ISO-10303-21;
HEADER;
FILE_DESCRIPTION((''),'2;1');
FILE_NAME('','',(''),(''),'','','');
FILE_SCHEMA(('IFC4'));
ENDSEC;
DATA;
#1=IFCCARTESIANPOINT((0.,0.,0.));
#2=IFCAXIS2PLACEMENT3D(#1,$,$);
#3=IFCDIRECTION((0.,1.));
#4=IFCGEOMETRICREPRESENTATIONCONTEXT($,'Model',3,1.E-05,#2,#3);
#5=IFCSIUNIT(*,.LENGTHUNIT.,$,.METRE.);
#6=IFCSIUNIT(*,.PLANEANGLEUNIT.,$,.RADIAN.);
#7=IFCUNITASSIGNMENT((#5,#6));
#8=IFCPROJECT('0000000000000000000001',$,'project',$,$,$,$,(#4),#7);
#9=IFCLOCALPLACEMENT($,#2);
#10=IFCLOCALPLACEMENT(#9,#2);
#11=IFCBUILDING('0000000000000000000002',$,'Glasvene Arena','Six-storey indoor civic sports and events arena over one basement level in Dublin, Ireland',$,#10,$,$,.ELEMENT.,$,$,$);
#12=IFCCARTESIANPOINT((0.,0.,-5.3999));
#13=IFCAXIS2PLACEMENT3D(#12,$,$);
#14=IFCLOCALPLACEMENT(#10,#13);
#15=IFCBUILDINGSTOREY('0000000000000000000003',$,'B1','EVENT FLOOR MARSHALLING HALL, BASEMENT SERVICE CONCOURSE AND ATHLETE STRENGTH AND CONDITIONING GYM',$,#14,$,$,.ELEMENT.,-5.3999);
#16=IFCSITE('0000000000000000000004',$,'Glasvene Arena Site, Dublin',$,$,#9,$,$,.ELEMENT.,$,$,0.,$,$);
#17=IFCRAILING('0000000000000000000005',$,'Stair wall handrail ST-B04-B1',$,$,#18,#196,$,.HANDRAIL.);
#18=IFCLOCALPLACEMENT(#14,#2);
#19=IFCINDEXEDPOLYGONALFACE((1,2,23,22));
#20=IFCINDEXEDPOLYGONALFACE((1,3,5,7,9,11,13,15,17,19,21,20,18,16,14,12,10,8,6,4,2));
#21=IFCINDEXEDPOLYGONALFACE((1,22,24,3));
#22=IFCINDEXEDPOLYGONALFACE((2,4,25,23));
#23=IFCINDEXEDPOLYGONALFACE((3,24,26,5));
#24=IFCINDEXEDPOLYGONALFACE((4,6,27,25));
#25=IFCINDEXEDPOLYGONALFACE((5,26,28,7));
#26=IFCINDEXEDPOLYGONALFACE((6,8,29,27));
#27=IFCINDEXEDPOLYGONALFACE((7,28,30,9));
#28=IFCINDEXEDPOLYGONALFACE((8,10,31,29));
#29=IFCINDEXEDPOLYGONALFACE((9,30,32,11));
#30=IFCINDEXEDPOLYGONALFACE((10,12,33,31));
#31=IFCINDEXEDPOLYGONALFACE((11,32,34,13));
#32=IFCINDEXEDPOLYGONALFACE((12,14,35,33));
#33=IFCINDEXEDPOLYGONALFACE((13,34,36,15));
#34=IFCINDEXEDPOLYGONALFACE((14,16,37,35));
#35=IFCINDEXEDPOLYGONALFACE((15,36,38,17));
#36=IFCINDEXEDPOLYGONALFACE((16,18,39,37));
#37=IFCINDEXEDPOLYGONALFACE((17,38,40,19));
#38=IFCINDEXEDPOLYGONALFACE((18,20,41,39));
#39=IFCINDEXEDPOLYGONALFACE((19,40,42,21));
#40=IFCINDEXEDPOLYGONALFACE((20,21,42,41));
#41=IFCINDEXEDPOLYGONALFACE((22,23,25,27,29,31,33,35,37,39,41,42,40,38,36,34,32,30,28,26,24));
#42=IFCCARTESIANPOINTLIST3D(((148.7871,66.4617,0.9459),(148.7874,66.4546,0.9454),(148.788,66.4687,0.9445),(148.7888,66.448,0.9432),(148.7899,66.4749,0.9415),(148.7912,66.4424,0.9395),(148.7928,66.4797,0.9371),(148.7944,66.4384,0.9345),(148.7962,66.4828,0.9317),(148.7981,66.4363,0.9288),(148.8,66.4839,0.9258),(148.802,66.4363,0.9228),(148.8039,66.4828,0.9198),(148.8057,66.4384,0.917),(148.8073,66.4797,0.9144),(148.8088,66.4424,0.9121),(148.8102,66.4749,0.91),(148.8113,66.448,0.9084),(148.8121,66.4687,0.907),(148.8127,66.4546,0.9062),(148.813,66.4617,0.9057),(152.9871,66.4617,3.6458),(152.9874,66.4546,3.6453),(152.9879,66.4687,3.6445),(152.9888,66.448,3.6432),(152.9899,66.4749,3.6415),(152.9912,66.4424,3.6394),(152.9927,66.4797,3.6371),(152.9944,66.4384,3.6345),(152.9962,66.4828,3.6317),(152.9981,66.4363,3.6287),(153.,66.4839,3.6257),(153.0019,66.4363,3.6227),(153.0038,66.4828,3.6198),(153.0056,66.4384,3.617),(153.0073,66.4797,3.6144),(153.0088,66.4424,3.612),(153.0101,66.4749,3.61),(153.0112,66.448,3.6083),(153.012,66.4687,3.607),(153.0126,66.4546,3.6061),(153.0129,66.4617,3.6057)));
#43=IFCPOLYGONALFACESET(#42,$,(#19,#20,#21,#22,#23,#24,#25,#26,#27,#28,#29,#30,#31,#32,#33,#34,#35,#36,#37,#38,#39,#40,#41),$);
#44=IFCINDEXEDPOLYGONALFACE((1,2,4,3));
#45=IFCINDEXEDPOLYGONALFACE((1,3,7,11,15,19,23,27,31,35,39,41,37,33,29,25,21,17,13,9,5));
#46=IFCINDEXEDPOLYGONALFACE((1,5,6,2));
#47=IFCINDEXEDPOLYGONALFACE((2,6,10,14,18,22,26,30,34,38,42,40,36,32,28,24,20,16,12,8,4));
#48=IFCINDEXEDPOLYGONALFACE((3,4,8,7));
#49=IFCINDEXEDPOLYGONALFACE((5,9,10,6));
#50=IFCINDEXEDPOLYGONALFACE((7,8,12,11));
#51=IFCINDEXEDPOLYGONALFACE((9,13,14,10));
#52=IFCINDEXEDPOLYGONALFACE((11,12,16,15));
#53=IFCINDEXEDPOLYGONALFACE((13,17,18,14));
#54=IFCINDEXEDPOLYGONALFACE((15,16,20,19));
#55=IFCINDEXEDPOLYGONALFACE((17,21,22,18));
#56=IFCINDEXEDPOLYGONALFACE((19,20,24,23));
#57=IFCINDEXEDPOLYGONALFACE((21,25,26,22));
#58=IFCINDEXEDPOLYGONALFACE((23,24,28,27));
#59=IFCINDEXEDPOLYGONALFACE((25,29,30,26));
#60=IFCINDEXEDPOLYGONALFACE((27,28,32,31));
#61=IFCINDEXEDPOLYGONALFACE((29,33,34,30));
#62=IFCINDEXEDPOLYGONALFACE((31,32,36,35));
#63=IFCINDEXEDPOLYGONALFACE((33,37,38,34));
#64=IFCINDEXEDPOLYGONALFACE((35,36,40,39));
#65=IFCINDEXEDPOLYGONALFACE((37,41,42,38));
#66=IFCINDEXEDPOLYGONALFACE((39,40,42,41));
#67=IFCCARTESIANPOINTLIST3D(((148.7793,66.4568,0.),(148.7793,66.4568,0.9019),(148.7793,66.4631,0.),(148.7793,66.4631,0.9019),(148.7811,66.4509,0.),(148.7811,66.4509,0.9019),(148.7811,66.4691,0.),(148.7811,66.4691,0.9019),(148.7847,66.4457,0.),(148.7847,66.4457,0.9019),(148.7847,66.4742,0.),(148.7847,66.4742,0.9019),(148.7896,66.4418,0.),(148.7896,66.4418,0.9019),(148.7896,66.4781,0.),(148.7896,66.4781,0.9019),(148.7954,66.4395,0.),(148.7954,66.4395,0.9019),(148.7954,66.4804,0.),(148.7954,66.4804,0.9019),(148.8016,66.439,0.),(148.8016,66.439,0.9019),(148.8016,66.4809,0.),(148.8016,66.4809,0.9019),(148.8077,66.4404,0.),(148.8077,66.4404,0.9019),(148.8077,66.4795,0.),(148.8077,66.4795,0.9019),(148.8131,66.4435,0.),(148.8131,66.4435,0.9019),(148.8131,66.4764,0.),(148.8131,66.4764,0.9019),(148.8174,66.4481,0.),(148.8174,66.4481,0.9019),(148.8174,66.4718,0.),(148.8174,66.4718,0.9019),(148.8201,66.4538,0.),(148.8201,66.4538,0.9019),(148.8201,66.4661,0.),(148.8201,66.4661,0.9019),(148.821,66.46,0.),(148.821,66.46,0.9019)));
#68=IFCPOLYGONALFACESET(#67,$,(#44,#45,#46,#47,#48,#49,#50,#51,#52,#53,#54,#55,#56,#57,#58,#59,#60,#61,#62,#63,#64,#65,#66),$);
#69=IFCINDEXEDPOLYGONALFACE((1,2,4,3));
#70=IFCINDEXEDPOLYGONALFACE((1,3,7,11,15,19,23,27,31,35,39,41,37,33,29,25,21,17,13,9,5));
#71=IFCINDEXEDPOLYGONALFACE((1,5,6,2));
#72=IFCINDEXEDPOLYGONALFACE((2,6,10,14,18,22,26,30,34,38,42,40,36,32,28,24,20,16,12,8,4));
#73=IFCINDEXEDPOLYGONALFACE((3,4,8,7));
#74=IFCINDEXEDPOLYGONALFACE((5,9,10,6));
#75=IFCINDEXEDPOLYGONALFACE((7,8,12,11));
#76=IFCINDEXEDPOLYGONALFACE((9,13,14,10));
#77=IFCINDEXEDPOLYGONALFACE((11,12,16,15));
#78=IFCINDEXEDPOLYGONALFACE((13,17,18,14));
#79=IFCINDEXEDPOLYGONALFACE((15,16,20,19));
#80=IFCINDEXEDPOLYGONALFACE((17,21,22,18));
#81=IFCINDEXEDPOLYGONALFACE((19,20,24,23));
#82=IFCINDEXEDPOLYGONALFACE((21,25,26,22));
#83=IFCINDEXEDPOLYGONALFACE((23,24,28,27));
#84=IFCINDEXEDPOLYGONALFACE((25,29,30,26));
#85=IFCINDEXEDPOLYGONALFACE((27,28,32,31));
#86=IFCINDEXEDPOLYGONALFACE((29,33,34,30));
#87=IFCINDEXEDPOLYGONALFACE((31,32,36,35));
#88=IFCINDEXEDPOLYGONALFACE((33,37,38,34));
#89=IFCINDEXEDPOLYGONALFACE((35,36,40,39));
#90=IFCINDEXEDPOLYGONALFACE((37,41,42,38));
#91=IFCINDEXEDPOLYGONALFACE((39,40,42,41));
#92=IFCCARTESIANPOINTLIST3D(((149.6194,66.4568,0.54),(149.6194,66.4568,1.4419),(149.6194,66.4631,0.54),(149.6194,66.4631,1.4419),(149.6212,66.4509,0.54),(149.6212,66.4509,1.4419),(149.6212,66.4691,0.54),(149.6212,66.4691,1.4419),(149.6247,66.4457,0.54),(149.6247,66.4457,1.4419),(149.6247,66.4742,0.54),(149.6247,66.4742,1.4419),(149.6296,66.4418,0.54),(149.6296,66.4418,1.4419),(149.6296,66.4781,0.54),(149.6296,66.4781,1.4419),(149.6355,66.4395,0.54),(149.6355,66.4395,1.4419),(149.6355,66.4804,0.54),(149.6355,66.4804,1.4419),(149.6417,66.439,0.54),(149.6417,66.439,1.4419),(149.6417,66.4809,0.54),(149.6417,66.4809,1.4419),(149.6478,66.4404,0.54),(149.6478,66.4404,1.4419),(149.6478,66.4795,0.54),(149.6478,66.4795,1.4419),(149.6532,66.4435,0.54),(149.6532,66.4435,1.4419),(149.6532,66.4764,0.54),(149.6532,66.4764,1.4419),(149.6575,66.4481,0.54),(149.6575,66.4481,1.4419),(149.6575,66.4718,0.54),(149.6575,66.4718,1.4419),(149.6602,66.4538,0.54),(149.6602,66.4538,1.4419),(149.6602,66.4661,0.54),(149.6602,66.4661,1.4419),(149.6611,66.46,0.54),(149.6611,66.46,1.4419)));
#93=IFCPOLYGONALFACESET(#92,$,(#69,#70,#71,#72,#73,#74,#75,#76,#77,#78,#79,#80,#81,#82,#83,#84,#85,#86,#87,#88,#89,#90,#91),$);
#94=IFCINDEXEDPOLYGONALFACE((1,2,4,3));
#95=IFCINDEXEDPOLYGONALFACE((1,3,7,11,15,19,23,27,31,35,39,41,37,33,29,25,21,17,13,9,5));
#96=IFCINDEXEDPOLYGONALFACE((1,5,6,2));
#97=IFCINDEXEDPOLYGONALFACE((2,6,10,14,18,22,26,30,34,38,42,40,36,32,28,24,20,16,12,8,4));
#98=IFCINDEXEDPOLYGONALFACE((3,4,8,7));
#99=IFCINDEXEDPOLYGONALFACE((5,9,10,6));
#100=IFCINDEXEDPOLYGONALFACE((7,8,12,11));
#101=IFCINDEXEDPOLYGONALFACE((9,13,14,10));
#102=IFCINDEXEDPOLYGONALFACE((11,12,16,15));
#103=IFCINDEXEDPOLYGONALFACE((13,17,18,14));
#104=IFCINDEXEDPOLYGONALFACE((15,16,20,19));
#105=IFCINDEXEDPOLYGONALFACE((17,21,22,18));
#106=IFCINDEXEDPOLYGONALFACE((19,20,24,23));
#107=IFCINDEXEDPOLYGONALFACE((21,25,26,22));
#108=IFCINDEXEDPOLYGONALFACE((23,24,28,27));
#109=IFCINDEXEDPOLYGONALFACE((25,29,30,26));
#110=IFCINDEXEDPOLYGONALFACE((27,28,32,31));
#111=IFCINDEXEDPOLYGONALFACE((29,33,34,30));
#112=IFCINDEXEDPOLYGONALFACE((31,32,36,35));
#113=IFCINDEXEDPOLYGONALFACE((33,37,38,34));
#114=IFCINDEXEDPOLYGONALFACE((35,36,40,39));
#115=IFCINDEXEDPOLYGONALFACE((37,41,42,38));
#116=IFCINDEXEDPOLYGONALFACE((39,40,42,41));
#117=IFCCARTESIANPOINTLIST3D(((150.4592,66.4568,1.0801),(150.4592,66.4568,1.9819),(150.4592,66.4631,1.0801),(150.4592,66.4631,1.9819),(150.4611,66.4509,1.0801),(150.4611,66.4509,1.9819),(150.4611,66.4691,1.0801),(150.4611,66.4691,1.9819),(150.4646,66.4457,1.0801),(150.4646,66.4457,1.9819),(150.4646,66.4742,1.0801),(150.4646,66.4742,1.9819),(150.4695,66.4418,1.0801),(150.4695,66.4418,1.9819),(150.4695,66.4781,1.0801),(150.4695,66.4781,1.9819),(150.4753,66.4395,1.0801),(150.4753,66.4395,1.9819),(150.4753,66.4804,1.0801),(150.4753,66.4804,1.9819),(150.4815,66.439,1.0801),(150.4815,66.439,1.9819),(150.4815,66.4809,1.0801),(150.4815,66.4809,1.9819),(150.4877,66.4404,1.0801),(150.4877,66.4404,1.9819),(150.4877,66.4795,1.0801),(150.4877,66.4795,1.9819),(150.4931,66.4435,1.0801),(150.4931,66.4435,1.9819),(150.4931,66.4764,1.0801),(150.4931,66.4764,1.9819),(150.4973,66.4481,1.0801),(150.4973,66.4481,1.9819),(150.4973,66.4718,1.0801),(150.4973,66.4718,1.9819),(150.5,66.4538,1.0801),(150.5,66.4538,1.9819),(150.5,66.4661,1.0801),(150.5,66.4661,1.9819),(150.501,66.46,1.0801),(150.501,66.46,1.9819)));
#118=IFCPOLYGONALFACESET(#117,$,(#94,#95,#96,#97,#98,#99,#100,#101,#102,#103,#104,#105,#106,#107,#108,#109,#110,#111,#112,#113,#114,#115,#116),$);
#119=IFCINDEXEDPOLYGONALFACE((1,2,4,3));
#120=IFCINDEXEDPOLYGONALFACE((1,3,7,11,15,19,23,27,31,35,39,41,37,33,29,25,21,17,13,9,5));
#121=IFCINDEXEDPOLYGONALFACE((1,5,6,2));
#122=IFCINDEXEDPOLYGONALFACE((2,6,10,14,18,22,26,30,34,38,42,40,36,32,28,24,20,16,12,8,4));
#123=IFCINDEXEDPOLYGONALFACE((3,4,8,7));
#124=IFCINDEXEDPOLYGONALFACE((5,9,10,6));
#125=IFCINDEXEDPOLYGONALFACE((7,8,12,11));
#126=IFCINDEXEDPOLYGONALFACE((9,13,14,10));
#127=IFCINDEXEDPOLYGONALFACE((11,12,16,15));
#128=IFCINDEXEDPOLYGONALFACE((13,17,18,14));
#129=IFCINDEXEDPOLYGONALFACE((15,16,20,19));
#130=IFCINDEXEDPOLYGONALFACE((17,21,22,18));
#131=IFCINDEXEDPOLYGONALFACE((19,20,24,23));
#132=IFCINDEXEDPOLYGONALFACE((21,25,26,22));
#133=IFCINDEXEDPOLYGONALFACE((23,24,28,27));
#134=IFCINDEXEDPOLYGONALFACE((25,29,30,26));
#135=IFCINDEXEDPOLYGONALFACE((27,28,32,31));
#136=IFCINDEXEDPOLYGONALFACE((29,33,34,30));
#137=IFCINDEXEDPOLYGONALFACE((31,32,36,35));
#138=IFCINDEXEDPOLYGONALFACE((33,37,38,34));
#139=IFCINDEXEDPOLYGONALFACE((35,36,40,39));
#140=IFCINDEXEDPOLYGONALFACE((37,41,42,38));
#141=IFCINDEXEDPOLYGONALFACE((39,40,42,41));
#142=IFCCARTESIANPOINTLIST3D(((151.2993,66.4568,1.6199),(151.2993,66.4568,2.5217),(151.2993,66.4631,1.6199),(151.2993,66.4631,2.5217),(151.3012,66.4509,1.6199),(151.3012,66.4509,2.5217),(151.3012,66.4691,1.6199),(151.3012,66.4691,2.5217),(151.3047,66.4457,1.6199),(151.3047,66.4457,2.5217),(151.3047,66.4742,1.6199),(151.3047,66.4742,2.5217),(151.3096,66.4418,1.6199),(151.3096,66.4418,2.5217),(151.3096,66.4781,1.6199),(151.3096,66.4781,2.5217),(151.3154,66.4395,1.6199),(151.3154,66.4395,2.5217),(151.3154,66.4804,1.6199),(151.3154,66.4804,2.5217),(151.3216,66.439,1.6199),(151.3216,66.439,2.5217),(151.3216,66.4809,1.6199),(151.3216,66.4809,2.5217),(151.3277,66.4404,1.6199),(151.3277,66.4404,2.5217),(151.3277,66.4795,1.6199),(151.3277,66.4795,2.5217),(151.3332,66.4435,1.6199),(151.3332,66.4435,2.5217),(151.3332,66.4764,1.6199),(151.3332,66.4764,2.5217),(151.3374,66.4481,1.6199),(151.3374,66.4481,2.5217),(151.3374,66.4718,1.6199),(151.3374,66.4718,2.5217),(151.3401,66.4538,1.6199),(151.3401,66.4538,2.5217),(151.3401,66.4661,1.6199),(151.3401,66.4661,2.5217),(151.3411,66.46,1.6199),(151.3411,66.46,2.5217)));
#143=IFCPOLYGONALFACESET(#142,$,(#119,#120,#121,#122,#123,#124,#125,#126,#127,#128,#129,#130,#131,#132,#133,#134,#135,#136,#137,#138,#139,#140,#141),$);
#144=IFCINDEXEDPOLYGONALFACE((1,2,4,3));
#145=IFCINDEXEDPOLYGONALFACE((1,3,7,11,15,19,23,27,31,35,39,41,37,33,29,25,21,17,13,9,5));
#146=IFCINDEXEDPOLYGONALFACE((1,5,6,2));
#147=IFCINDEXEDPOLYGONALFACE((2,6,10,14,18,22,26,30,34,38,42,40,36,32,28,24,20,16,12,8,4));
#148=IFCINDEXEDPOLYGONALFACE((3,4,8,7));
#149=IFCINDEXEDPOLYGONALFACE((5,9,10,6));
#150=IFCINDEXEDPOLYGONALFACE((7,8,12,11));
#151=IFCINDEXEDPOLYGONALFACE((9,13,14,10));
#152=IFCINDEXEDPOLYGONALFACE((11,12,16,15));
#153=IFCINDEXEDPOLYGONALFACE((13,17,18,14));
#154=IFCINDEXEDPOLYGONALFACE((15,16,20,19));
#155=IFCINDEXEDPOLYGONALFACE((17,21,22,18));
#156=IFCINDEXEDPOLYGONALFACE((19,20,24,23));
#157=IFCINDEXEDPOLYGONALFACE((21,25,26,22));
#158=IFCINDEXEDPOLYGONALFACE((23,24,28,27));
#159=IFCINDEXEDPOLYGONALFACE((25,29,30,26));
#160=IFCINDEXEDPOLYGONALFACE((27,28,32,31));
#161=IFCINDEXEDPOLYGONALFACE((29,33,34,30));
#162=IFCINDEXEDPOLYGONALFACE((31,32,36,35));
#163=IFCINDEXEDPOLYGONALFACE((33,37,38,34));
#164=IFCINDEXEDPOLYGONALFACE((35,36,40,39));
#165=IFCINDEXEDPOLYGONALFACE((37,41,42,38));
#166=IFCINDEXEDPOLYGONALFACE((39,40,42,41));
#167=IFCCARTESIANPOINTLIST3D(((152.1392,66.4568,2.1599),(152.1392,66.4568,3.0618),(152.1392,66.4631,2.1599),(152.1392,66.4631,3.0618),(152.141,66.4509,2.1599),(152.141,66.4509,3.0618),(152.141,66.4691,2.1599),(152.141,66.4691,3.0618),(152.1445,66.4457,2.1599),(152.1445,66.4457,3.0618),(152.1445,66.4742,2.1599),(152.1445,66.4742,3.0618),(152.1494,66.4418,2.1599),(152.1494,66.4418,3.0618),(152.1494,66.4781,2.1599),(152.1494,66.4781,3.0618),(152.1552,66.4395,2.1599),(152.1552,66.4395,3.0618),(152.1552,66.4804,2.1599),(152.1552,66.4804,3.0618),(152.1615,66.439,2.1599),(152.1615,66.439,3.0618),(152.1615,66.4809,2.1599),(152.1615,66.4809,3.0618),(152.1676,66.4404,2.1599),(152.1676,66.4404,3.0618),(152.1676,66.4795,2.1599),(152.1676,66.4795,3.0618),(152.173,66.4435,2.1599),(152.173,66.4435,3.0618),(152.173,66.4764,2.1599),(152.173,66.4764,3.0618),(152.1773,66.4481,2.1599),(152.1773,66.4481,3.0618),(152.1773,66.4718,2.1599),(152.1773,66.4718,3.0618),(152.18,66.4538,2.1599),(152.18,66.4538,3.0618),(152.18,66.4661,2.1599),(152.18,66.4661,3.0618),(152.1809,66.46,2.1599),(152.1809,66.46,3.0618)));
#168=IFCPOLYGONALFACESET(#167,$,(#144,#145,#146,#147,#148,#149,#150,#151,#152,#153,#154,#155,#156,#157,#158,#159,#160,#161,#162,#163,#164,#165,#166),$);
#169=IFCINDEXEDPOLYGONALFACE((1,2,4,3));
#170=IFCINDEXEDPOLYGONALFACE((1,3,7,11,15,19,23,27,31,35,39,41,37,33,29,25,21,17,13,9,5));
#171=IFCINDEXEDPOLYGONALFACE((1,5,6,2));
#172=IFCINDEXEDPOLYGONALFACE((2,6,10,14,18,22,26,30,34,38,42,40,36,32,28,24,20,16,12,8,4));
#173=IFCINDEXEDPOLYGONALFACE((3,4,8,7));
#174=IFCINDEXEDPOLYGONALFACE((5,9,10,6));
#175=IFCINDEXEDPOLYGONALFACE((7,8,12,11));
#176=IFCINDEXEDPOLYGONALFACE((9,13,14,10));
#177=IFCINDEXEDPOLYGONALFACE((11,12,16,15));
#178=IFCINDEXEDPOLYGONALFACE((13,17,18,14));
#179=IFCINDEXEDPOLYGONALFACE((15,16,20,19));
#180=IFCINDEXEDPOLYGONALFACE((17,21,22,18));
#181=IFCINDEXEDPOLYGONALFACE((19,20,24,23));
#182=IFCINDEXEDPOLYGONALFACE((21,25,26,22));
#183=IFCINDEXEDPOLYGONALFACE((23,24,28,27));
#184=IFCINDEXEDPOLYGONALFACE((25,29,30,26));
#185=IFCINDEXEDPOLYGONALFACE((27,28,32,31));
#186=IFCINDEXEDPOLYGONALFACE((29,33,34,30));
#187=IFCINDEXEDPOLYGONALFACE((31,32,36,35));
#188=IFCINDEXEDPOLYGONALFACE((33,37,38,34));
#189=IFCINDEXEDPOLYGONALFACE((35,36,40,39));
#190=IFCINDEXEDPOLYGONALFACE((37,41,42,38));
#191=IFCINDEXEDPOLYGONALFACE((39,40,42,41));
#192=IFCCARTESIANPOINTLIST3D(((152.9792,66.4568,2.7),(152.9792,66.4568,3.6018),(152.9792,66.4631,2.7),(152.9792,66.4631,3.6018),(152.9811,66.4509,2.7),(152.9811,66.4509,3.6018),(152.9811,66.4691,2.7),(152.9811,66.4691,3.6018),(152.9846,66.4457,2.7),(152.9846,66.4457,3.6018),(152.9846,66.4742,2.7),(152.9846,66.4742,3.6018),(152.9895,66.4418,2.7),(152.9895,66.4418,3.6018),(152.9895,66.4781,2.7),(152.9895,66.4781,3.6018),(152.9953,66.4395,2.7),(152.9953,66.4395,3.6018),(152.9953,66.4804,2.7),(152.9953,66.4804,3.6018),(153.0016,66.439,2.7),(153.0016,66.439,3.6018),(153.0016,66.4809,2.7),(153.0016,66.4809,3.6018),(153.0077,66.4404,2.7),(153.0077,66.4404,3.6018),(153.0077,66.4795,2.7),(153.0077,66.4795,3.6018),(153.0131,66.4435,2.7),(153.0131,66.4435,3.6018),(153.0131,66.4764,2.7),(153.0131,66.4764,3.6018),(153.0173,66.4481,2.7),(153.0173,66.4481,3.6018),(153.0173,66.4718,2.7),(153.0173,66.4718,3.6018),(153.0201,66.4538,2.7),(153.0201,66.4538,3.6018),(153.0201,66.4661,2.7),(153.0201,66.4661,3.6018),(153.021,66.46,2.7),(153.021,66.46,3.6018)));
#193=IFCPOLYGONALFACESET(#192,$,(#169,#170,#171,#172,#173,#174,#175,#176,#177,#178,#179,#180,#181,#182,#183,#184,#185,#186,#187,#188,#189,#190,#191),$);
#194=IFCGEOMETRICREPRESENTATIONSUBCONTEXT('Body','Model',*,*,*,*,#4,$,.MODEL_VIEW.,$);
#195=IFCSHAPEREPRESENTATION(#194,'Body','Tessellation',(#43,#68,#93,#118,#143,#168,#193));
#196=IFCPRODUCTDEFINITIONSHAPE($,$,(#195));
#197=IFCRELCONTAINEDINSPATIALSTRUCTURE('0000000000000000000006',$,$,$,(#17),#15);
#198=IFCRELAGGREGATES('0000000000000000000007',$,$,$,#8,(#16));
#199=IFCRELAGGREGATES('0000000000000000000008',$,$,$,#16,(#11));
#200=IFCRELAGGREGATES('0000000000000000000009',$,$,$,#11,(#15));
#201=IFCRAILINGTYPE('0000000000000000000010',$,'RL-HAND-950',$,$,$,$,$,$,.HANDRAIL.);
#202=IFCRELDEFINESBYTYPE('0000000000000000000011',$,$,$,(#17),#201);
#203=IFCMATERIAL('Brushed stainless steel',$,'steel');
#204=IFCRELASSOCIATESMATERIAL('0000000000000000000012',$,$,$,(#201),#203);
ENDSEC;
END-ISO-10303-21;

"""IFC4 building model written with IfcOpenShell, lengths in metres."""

from ifc_helpers import new_model, si_unit, direction, frame, origin, origin_2d, place, context, subcontext, project, spatial, circle, extrude, material, type_object, element, save


model = new_model("IFC4")

# Units and contexts
model_context = context("Model", 3, precision=1e-05, world=origin(), true_north=direction((0.0, 1.0)))
body_context = subcontext(model_context, "Body", "Model", "MODEL_VIEW")
ifc_project = project(units=[si_unit("LENGTHUNIT", "METRE"), si_unit("PLANEANGLEUNIT", "RADIAN")], contexts=[model_context])

# Site, building, storey
site_placement = place(None, origin())
site = spatial("IfcSite", under=ifc_project, at=site_placement, Name="Glasvene Arena Site, Dublin", CompositionType="ELEMENT", RefElevation=0.0)
building_placement = place(site_placement, origin())
building = spatial("IfcBuilding", under=site, at=building_placement, Name="Glasvene Arena", Description="Six-storey indoor civic sports and events arena over one basement level in Dublin, Ireland", CompositionType="ELEMENT")
storey_placement = place(building_placement, frame((0.0, 0.0, -5.3999)))
storey = spatial("IfcBuildingStorey", under=building, at=storey_placement, Name="B1", Description="EVENT FLOOR MARSHALLING HALL, BASEMENT SERVICE CONCOURSE AND ATHLETE STRENGTH AND CONDITIONING GYM", CompositionType="ELEMENT", Elevation=-5.3999)

# Railing
ifc_material_1 = material(Name="Brushed stainless steel", Category="steel")
railing_type_1 = type_object("IfcRailingType", Name="RL-HAND-950", PredefinedType="HANDRAIL", material=ifc_material_1)
for number, where, name in (
    (1, (148.8, 66.46, 0.0), "Stair wall handrail ST-B04-B1"),
):
    element("IfcRailing", number, at=place(storey_placement, frame(where)), inside=storey, type_object=railing_type_1, Name=name, PredefinedType="HANDRAIL", context=body_context, shape_type="SweptSolid", body=[
        extrude(circle(Radius=0.0239, at=origin_2d()), frame((0.0, 0.0, 0.9258), z_axis=(0.84118, 0.0, 0.540755), x_axis=(0.0, 1.0, 0.0)), (0.0, 0.0, 1.0), 4.9929),
        extrude(circle(Radius=0.021, at=origin_2d()), origin(), (0.0, 0.0, 1.0), 0.9019),
        extrude(circle(Radius=0.021, at=origin_2d()), frame((0.8401, 0.0, 0.54)), (0.0, 0.0, 1.0), 0.9019),
        extrude(circle(Radius=0.021, at=origin_2d()), frame((1.6799, 0.0, 1.0801)), (0.0, 0.0, 1.0), 0.9019),
        extrude(circle(Radius=0.021, at=origin_2d()), frame((2.52, 0.0, 1.6199)), (0.0, 0.0, 1.0), 0.9019),
        extrude(circle(Radius=0.021, at=origin_2d()), frame((3.3599, 0.0, 2.1599)), (0.0, 0.0, 1.0), 0.9019),
        extrude(circle(Radius=0.021, at=origin_2d()), frame((4.2, 0.0, 2.7)), (0.0, 0.0, 1.0), 0.9019),
    ])

save(model, "model.ifc")
